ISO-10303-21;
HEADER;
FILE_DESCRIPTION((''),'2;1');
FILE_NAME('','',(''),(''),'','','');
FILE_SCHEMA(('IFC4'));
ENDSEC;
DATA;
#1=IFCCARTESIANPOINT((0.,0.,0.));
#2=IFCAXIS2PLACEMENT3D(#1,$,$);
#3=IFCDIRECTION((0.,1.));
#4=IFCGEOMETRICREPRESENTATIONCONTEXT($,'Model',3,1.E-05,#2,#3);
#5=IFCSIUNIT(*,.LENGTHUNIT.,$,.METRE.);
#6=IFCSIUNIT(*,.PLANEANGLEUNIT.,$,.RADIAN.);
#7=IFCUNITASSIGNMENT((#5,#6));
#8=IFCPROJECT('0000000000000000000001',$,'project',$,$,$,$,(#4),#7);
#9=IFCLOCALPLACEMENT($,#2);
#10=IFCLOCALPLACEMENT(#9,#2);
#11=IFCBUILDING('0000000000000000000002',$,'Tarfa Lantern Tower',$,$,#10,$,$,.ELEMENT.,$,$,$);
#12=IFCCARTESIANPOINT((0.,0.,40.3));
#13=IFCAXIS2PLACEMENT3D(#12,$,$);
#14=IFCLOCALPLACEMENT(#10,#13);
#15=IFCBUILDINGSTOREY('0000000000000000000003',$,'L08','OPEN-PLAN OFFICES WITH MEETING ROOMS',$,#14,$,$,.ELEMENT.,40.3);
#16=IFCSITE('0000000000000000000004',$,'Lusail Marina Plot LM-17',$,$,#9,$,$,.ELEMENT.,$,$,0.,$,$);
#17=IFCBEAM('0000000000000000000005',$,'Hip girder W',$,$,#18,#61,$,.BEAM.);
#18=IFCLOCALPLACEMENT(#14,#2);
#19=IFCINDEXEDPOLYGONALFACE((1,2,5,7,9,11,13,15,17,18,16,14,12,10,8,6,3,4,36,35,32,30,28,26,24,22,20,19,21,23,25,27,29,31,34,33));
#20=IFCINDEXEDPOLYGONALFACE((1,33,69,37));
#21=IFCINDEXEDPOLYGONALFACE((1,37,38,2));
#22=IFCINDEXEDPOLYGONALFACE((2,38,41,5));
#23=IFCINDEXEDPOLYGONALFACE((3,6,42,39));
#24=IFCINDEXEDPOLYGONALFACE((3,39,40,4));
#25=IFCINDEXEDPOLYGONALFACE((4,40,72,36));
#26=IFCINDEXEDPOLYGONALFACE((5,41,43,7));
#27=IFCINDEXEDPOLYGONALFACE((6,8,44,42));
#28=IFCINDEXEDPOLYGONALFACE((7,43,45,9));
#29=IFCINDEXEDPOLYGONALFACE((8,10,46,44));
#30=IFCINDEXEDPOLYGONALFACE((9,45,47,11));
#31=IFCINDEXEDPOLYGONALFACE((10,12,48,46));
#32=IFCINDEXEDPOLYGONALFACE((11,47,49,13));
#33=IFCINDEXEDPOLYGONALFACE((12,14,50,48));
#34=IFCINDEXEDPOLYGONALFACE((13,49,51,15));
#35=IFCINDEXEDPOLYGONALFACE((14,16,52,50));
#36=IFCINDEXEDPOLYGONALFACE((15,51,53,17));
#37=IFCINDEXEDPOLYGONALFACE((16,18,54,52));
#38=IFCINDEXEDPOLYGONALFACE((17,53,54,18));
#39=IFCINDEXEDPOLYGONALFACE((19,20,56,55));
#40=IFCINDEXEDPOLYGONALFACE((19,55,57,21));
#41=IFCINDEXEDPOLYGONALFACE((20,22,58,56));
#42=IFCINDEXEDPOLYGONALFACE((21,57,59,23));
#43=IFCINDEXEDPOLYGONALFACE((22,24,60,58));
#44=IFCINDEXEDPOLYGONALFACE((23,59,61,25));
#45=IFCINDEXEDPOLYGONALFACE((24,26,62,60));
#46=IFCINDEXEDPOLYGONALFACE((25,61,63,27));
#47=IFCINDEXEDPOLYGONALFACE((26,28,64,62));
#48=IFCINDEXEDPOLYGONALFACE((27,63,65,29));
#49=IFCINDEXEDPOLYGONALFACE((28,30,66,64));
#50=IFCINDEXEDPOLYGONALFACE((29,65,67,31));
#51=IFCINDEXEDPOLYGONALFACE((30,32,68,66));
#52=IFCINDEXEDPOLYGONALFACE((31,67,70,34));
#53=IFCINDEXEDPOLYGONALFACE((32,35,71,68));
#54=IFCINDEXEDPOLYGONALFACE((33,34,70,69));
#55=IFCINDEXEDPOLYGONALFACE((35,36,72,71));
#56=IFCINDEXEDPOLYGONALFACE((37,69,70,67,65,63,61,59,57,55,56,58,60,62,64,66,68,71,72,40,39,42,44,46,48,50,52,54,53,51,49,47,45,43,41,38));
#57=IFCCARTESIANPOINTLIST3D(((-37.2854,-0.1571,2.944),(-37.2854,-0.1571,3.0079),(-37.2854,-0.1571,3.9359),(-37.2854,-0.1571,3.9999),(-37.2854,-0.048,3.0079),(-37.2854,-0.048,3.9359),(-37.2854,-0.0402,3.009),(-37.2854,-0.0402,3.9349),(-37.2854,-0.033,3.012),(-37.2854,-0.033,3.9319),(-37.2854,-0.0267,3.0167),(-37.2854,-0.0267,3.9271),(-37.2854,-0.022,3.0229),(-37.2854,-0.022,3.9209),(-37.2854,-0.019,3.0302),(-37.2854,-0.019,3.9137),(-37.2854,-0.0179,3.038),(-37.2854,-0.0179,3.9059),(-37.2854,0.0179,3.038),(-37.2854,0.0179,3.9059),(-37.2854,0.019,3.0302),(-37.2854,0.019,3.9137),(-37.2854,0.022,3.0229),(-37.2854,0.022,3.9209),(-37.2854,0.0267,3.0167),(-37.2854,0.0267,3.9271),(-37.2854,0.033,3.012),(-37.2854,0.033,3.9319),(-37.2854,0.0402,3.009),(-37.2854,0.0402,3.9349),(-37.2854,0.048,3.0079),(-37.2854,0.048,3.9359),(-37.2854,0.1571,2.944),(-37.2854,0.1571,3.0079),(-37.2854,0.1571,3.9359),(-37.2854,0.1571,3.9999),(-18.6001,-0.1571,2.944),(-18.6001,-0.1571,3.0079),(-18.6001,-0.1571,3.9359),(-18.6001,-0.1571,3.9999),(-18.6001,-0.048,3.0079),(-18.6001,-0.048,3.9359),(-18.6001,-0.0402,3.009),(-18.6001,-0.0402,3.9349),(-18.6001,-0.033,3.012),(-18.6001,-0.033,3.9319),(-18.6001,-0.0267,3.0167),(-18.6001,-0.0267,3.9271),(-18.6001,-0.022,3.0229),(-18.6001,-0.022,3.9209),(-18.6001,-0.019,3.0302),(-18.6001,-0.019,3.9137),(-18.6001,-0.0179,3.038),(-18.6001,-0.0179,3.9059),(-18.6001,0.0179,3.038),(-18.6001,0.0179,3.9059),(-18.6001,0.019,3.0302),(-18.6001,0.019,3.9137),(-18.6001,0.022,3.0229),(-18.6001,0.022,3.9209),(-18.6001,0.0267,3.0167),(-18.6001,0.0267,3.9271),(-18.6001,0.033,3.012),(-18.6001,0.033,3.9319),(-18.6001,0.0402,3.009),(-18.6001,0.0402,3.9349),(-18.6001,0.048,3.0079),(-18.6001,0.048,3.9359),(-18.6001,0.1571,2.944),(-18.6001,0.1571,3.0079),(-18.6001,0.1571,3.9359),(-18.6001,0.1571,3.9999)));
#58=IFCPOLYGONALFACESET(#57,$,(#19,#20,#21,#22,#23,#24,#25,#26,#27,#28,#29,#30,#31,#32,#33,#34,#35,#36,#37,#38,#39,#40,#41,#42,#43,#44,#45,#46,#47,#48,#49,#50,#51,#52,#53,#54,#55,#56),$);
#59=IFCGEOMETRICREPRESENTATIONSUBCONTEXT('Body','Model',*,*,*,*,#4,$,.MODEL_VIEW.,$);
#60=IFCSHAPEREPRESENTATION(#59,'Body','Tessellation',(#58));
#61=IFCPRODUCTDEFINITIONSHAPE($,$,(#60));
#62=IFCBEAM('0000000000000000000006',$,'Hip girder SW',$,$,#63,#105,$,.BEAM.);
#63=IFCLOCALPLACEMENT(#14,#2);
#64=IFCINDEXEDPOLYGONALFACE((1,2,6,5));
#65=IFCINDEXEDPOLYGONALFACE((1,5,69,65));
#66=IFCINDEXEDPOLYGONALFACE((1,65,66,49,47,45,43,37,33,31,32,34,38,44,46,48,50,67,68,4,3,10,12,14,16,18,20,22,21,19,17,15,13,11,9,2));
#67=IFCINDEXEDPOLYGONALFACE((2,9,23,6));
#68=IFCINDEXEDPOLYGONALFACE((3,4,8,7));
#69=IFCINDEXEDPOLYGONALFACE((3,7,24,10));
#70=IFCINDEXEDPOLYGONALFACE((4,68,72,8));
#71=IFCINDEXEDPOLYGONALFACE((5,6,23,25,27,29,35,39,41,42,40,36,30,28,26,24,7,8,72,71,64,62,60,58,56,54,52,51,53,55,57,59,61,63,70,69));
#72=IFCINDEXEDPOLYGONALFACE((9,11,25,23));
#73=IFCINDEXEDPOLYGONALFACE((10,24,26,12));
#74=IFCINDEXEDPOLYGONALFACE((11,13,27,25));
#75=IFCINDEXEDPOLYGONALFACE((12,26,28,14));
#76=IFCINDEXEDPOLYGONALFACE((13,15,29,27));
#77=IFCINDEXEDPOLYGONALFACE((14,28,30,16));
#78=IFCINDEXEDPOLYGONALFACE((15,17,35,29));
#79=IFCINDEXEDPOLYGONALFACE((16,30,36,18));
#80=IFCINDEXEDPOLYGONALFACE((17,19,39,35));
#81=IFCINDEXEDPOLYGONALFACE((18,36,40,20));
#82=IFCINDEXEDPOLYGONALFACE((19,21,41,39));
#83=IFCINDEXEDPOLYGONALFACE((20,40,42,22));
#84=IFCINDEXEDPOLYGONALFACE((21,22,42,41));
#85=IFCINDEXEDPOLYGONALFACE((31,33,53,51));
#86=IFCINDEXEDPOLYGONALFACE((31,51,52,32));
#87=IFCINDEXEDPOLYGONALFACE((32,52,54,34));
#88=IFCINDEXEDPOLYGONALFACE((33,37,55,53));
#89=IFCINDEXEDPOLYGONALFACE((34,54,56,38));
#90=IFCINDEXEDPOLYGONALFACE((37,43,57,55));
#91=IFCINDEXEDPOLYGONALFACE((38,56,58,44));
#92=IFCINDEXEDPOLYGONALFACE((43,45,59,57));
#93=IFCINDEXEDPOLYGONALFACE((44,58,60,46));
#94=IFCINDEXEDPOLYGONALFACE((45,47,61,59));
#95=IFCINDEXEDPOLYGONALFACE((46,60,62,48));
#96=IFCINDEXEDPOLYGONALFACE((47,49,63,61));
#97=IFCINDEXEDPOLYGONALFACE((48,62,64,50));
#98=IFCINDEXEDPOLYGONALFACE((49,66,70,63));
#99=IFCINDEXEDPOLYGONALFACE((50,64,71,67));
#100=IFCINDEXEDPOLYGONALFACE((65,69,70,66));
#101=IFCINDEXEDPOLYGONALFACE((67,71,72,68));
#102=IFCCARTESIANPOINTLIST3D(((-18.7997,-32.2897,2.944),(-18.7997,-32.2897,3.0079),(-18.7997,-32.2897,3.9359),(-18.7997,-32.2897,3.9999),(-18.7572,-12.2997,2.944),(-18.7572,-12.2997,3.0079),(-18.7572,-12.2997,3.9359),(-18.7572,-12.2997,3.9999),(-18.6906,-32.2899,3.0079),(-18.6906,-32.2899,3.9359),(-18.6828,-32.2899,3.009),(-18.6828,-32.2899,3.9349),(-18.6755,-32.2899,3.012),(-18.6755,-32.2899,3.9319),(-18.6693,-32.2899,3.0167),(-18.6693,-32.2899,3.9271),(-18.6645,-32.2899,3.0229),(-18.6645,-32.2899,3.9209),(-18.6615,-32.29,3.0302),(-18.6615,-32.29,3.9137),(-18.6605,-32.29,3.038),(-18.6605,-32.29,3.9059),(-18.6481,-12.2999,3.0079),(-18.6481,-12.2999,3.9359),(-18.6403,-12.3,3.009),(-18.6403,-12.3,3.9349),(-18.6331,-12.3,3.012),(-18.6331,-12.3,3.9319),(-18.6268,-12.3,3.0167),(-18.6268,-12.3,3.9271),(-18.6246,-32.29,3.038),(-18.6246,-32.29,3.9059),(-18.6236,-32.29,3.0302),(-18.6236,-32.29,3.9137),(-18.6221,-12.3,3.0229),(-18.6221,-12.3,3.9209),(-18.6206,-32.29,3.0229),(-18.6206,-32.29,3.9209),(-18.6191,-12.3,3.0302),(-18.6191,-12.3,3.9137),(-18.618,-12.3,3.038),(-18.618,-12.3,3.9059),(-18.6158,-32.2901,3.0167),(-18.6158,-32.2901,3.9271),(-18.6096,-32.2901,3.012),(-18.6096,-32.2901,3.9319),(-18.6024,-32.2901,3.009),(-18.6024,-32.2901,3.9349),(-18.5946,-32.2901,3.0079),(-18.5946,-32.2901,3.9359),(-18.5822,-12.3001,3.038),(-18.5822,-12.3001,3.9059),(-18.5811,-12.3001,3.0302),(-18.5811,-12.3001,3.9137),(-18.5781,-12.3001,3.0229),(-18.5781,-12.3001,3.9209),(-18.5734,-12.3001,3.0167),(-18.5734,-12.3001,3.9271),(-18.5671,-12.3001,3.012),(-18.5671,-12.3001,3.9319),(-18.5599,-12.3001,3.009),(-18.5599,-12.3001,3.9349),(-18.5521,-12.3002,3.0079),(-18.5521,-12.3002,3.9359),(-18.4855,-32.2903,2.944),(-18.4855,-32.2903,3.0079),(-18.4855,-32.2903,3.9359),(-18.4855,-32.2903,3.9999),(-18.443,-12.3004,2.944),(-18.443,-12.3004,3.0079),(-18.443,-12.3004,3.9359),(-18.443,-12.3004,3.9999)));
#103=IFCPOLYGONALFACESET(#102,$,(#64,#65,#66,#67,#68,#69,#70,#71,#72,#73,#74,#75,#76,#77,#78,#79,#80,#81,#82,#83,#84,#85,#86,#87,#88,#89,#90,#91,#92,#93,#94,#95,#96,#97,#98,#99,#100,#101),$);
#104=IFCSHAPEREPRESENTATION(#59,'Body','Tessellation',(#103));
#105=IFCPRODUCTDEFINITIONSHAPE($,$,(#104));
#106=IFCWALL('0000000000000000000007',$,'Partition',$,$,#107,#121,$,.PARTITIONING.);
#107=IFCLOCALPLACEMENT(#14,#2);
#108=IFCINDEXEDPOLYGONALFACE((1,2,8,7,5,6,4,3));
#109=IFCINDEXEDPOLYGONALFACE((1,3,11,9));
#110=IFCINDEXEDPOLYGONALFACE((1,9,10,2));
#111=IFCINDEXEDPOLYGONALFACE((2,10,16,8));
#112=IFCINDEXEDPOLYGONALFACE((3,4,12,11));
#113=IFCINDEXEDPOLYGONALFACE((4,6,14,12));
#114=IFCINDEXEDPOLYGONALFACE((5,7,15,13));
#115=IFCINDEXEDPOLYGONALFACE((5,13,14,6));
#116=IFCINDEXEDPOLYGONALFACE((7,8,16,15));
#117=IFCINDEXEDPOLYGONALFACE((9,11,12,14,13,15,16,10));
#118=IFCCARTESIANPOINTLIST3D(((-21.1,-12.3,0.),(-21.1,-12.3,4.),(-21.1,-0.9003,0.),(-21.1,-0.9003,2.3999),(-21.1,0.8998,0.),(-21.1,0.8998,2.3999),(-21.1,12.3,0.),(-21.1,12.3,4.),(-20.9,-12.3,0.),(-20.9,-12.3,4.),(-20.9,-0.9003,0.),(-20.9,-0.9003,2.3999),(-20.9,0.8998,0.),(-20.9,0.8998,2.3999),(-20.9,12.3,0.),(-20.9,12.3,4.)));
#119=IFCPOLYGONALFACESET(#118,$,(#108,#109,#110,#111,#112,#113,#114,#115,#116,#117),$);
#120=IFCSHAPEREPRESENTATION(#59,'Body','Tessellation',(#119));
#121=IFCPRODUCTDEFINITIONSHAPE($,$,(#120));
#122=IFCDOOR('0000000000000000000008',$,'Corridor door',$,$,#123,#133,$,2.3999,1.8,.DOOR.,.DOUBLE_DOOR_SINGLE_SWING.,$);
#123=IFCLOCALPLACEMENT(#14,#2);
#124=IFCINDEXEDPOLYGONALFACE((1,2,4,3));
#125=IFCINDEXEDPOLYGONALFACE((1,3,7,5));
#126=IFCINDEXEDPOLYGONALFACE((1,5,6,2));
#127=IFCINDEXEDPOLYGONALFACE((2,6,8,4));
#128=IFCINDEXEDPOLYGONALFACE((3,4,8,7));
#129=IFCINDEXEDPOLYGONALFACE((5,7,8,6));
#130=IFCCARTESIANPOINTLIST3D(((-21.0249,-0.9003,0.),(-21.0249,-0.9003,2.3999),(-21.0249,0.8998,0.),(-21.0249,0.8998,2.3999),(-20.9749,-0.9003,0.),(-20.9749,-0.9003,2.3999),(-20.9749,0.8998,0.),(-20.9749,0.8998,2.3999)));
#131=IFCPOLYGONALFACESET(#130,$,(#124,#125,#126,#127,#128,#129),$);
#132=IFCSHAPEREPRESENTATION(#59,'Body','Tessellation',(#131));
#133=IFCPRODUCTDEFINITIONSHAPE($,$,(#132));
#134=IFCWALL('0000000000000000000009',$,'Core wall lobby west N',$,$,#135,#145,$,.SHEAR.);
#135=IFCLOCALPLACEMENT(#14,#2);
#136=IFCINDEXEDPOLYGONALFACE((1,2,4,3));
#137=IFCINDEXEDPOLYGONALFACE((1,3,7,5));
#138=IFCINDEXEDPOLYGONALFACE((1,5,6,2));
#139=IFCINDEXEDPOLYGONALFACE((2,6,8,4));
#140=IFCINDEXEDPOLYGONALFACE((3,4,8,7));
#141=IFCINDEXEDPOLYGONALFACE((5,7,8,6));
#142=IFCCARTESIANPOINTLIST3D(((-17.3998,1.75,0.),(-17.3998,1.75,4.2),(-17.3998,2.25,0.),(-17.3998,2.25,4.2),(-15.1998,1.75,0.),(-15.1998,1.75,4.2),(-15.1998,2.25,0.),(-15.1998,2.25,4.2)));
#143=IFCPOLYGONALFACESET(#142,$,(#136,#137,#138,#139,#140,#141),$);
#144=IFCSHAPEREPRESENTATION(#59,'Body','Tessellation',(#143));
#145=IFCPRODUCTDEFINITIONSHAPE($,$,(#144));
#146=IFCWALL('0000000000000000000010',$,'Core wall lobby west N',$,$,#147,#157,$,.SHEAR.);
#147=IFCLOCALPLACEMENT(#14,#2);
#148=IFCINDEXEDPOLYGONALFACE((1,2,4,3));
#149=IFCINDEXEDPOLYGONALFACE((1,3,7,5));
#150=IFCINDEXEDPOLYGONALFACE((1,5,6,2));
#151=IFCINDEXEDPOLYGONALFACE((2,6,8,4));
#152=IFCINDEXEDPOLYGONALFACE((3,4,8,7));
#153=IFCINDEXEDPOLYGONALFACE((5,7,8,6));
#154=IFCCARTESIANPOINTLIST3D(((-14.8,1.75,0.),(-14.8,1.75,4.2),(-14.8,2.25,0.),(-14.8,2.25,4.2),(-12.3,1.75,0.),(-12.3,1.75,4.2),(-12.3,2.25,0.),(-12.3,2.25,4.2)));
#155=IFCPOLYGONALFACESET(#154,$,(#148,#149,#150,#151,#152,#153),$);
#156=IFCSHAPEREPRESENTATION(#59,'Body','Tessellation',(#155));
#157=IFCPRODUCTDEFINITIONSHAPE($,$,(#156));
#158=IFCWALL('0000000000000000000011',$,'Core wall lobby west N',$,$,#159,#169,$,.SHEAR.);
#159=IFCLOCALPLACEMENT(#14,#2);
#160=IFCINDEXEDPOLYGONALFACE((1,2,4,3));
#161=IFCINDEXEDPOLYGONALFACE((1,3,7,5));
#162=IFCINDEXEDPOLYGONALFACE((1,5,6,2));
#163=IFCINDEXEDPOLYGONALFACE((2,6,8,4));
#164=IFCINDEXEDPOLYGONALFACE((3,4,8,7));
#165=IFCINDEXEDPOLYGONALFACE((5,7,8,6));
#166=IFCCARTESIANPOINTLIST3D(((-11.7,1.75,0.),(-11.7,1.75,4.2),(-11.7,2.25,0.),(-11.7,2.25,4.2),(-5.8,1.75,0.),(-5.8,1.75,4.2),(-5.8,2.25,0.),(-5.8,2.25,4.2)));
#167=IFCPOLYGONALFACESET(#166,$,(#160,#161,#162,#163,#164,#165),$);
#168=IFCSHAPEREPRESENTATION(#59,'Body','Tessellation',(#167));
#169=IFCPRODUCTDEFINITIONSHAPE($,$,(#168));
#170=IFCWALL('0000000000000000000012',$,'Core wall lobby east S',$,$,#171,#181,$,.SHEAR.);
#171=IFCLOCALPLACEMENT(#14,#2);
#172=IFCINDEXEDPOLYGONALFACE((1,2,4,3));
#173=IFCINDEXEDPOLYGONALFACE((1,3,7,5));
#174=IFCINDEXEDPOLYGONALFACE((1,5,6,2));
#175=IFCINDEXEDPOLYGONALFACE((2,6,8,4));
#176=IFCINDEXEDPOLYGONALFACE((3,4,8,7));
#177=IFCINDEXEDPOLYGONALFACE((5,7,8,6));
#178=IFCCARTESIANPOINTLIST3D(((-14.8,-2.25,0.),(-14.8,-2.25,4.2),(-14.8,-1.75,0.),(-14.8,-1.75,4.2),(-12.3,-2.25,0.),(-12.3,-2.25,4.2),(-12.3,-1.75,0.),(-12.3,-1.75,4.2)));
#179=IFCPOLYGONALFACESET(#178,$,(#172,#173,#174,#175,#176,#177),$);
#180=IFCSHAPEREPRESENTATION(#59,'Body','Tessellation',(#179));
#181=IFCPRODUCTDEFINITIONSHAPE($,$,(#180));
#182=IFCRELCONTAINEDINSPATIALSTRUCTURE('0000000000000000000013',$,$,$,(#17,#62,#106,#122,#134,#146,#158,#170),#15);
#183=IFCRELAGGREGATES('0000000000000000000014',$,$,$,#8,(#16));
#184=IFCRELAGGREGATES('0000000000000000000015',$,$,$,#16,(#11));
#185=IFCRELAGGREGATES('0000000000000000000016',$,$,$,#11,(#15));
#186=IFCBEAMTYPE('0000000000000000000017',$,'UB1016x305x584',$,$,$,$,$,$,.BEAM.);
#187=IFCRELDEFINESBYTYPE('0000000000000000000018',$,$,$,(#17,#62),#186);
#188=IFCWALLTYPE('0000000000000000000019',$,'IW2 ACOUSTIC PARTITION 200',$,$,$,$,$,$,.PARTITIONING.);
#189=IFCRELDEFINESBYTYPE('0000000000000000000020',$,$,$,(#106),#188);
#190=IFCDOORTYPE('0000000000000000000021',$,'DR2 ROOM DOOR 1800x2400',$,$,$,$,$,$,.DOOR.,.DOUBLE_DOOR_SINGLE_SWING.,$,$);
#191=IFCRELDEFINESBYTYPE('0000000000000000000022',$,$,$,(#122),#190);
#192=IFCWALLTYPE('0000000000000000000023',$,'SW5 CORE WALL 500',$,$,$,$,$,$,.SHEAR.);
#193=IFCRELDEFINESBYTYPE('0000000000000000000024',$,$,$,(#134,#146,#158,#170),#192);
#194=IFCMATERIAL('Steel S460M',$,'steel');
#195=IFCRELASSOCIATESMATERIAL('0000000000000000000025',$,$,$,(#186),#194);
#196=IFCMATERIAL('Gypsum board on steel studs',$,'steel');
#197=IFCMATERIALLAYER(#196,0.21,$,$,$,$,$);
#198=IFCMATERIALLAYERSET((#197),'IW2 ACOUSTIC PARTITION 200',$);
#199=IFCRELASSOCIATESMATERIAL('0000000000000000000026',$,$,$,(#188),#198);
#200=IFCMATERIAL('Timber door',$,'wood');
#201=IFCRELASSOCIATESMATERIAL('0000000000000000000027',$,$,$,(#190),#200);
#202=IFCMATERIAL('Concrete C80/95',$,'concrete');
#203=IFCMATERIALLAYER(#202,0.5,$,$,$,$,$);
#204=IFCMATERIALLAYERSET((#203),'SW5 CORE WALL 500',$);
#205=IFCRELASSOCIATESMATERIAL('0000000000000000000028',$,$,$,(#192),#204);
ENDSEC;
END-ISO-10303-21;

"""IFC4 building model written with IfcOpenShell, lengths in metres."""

from ifc_helpers import new_model, si_unit, direction, frame, frame_2d, origin, origin_2d, place, context, subcontext, project, spatial, rectangle, i_section, extrude, material, layer, layer_set, material_profile, profile_set, type_object, element, fill, save


model = new_model("IFC4")

# Units and contexts
model_context = context("Model", 3, precision=1e-05, world=origin(), true_north=direction((0.0, 1.0)))
body_context = subcontext(model_context, "Body", "Model", "MODEL_VIEW")
ifc_project = project(units=[si_unit("LENGTHUNIT", "METRE"), si_unit("PLANEANGLEUNIT", "RADIAN")], contexts=[model_context])

# Site, building, storey
site_placement = place(None, origin())
site = spatial("IfcSite", under=ifc_project, at=site_placement, Name="Lusail Marina Plot LM-17", CompositionType="ELEMENT", RefElevation=0.0)
building_placement = place(site_placement, origin())
building = spatial("IfcBuilding", under=site, at=building_placement, Name="Tarfa Lantern Tower", CompositionType="ELEMENT")
storey_placement = place(building_placement, frame((0.0, 0.0, 40.3)))
storey = spatial("IfcBuildingStorey", under=building, at=storey_placement, Name="L08", Description="OPEN-PLAN OFFICES WITH MEETING ROOMS", CompositionType="ELEMENT", Elevation=40.3)

# Beams
ifc_material_1 = material(Name="Steel S460M", Category="steel")
ifc_material_profile = material_profile(ifc_material_1, i_section(OverallWidth=0.3142, OverallDepth=1.0559, WebThickness=0.0359, FlangeThickness=0.064, FilletRadius=0.03, at=origin_2d()), Name="UB1016x305x584")
ifc_profile_set = profile_set([ifc_material_profile], Name="Steel S460M")
beam_type = type_object("IfcBeamType", Name="UB1016x305x584", PredefinedType="BEAM", material=ifc_profile_set)
beam_1_placement = place(storey_placement, frame((-18.6001, 0.0, 3.4719), z_axis=(-1.0, 0.0, 0.0), x_axis=(0.0, -1.0, 0.0)))
element("IfcBeam", 1, at=beam_1_placement, inside=storey, type_object=beam_type, Name="Hip girder W", PredefinedType="BEAM", context=body_context, shape_type="SweptSolid", body=[
    extrude(i_section(OverallWidth=0.3142, OverallDepth=1.0559, WebThickness=0.0359, FlangeThickness=0.064, FilletRadius=0.03, at=origin_2d()), origin(), (0.0, 0.0, 1.0), 18.6853),
])
beam_2_placement = place(storey_placement, frame((-18.6001, -12.3, 3.4719), z_axis=(-0.002125, -0.999998, 0.0), x_axis=(0.999998, -0.002125, 0.0)))
element("IfcBeam", 2, at=beam_2_placement, inside=storey, type_object=beam_type, Name="Hip girder SW", PredefinedType="BEAM", context=body_context, shape_type="SweptSolid", body=[
    extrude(i_section(OverallWidth=0.3142, OverallDepth=1.0559, WebThickness=0.0359, FlangeThickness=0.064, FilletRadius=0.03, at=origin_2d()), origin(), (0.0, 0.0, 1.0), 19.99),
])

# Wall, opening, door
ifc_material_2 = material(Name="Gypsum board on steel studs", Category="steel")
ifc_layer_1 = layer(ifc_material_2, 0.21)
ifc_layer_set_1 = layer_set([ifc_layer_1], Name="IW2 ACOUSTIC PARTITION 200")
wall_type_1 = type_object("IfcWallType", Name="IW2 ACOUSTIC PARTITION 200", PredefinedType="PARTITIONING", material=ifc_layer_set_1)
wall_1_placement = place(storey_placement, frame((-21.0, -12.3, 0.0), z_axis=(0.0, 0.0, 1.0), x_axis=(0.0, 1.0, 0.0)))
wall_1 = element("IfcWall", 3, at=wall_1_placement, inside=storey, type_object=wall_type_1, Name="Partition", PredefinedType="PARTITIONING", context=body_context, shape_type="SweptSolid", body=[
    extrude(rectangle(XDim=24.6001, YDim=0.2, at=frame_2d((12.3, 0.0))), origin(), (0.0, 0.0, 1.0), 4.0),
])
opening_1_placement = place(wall_1_placement, frame((11.3999, 0.0, 0.0)))
opening_1 = element("IfcOpeningElement", 4, at=opening_1_placement, cuts=wall_1, PredefinedType="OPENING", context=body_context, shape_type="SweptSolid", body=[
    extrude(rectangle(XDim=1.8, YDim=2.3999, at=frame_2d((0.8999, 1.2))), frame((0.0, 0.1099, 0.0), z_axis=(0.0, -1.0, 0.0), x_axis=(1.0, 0.0, 0.0)), (0.0, 0.0, 1.0), 0.22),
])
ifc_material_3 = material(Name="Timber door", Category="wood")
door_type_1 = type_object("IfcDoorType", Name="DR2 ROOM DOOR 1800x2400", OperationType="DOUBLE_DOOR_SINGLE_SWING", PredefinedType="DOOR", material=ifc_material_3)
door_1_placement = place(opening_1_placement, origin())
door_1 = element("IfcDoor", 5, at=door_1_placement, inside=storey, type_object=door_type_1, Name="Corridor door", OperationType="DOUBLE_DOOR_SINGLE_SWING", OverallHeight=2.3999, OverallWidth=1.8, PredefinedType="DOOR", context=body_context, shape_type="SweptSolid", body=[
    extrude(rectangle(XDim=1.8, YDim=2.3999, at=frame_2d((0.8999, 1.2))), frame((0.0, 0.0249, 0.0), z_axis=(0.0, -1.0, 0.0), x_axis=(1.0, 0.0, 0.0)), (0.0, 0.0, 1.0), 0.05),
])
fill(opening_1, door_1)

# Walls
ifc_material_4 = material(Name="Concrete C80/95", Category="concrete")
ifc_layer_2 = layer(ifc_material_4, 0.5)
ifc_layer_set_2 = layer_set([ifc_layer_2], Name="SW5 CORE WALL 500")
wall_type_2 = type_object("IfcWallType", Name="SW5 CORE WALL 500", PredefinedType="SHEAR", material=ifc_layer_set_2)
wall_2_placement = place(storey_placement, frame((-17.3999, 2.0, 0.0), z_axis=(0.0, 0.0, 1.0), x_axis=(1.0, 0.0, 0.0)))
element("IfcWall", 6, at=wall_2_placement, inside=storey, type_object=wall_type_2, Name="Core wall lobby west N", PredefinedType="SHEAR", context=body_context, shape_type="SweptSolid", body=[
    extrude(rectangle(XDim=2.2, YDim=0.5, at=frame_2d((1.1001, 0.0))), origin(), (0.0, 0.0, 1.0), 4.2),
])
wall_3_placement = place(storey_placement, frame((-14.8, 2.0, 0.0), z_axis=(0.0, 0.0, 1.0), x_axis=(1.0, 0.0, 0.0)))
element("IfcWall", 7, at=wall_3_placement, inside=storey, type_object=wall_type_2, Name="Core wall lobby west N", PredefinedType="SHEAR", context=body_context, shape_type="SweptSolid", body=[
    extrude(rectangle(XDim=2.5, YDim=0.5, at=frame_2d((1.25, 0.0))), origin(), (0.0, 0.0, 1.0), 4.2),
])
wall_4_placement = place(storey_placement, frame((-11.7, 2.0, 0.0), z_axis=(0.0, 0.0, 1.0), x_axis=(1.0, 0.0, 0.0)))
element("IfcWall", 8, at=wall_4_placement, inside=storey, type_object=wall_type_2, Name="Core wall lobby west N", PredefinedType="SHEAR", context=body_context, shape_type="SweptSolid", body=[
    extrude(rectangle(XDim=5.8999, YDim=0.5, at=frame_2d((2.95, 0.0))), origin(), (0.0, 0.0, 1.0), 4.2),
])
wall_5_placement = place(storey_placement, frame((-12.3, -2.0, 0.0), z_axis=(0.0, 0.0, 1.0), x_axis=(-1.0, 0.0, 0.0)))
element("IfcWall", 9, at=wall_5_placement, inside=storey, type_object=wall_type_2, Name="Core wall lobby east S", PredefinedType="SHEAR", context=body_context, shape_type="SweptSolid", body=[
    extrude(rectangle(XDim=2.5, YDim=0.5, at=frame_2d((1.25, 0.0))), origin(), (0.0, 0.0, 1.0), 4.2),
])

save(model, "model.ifc")
